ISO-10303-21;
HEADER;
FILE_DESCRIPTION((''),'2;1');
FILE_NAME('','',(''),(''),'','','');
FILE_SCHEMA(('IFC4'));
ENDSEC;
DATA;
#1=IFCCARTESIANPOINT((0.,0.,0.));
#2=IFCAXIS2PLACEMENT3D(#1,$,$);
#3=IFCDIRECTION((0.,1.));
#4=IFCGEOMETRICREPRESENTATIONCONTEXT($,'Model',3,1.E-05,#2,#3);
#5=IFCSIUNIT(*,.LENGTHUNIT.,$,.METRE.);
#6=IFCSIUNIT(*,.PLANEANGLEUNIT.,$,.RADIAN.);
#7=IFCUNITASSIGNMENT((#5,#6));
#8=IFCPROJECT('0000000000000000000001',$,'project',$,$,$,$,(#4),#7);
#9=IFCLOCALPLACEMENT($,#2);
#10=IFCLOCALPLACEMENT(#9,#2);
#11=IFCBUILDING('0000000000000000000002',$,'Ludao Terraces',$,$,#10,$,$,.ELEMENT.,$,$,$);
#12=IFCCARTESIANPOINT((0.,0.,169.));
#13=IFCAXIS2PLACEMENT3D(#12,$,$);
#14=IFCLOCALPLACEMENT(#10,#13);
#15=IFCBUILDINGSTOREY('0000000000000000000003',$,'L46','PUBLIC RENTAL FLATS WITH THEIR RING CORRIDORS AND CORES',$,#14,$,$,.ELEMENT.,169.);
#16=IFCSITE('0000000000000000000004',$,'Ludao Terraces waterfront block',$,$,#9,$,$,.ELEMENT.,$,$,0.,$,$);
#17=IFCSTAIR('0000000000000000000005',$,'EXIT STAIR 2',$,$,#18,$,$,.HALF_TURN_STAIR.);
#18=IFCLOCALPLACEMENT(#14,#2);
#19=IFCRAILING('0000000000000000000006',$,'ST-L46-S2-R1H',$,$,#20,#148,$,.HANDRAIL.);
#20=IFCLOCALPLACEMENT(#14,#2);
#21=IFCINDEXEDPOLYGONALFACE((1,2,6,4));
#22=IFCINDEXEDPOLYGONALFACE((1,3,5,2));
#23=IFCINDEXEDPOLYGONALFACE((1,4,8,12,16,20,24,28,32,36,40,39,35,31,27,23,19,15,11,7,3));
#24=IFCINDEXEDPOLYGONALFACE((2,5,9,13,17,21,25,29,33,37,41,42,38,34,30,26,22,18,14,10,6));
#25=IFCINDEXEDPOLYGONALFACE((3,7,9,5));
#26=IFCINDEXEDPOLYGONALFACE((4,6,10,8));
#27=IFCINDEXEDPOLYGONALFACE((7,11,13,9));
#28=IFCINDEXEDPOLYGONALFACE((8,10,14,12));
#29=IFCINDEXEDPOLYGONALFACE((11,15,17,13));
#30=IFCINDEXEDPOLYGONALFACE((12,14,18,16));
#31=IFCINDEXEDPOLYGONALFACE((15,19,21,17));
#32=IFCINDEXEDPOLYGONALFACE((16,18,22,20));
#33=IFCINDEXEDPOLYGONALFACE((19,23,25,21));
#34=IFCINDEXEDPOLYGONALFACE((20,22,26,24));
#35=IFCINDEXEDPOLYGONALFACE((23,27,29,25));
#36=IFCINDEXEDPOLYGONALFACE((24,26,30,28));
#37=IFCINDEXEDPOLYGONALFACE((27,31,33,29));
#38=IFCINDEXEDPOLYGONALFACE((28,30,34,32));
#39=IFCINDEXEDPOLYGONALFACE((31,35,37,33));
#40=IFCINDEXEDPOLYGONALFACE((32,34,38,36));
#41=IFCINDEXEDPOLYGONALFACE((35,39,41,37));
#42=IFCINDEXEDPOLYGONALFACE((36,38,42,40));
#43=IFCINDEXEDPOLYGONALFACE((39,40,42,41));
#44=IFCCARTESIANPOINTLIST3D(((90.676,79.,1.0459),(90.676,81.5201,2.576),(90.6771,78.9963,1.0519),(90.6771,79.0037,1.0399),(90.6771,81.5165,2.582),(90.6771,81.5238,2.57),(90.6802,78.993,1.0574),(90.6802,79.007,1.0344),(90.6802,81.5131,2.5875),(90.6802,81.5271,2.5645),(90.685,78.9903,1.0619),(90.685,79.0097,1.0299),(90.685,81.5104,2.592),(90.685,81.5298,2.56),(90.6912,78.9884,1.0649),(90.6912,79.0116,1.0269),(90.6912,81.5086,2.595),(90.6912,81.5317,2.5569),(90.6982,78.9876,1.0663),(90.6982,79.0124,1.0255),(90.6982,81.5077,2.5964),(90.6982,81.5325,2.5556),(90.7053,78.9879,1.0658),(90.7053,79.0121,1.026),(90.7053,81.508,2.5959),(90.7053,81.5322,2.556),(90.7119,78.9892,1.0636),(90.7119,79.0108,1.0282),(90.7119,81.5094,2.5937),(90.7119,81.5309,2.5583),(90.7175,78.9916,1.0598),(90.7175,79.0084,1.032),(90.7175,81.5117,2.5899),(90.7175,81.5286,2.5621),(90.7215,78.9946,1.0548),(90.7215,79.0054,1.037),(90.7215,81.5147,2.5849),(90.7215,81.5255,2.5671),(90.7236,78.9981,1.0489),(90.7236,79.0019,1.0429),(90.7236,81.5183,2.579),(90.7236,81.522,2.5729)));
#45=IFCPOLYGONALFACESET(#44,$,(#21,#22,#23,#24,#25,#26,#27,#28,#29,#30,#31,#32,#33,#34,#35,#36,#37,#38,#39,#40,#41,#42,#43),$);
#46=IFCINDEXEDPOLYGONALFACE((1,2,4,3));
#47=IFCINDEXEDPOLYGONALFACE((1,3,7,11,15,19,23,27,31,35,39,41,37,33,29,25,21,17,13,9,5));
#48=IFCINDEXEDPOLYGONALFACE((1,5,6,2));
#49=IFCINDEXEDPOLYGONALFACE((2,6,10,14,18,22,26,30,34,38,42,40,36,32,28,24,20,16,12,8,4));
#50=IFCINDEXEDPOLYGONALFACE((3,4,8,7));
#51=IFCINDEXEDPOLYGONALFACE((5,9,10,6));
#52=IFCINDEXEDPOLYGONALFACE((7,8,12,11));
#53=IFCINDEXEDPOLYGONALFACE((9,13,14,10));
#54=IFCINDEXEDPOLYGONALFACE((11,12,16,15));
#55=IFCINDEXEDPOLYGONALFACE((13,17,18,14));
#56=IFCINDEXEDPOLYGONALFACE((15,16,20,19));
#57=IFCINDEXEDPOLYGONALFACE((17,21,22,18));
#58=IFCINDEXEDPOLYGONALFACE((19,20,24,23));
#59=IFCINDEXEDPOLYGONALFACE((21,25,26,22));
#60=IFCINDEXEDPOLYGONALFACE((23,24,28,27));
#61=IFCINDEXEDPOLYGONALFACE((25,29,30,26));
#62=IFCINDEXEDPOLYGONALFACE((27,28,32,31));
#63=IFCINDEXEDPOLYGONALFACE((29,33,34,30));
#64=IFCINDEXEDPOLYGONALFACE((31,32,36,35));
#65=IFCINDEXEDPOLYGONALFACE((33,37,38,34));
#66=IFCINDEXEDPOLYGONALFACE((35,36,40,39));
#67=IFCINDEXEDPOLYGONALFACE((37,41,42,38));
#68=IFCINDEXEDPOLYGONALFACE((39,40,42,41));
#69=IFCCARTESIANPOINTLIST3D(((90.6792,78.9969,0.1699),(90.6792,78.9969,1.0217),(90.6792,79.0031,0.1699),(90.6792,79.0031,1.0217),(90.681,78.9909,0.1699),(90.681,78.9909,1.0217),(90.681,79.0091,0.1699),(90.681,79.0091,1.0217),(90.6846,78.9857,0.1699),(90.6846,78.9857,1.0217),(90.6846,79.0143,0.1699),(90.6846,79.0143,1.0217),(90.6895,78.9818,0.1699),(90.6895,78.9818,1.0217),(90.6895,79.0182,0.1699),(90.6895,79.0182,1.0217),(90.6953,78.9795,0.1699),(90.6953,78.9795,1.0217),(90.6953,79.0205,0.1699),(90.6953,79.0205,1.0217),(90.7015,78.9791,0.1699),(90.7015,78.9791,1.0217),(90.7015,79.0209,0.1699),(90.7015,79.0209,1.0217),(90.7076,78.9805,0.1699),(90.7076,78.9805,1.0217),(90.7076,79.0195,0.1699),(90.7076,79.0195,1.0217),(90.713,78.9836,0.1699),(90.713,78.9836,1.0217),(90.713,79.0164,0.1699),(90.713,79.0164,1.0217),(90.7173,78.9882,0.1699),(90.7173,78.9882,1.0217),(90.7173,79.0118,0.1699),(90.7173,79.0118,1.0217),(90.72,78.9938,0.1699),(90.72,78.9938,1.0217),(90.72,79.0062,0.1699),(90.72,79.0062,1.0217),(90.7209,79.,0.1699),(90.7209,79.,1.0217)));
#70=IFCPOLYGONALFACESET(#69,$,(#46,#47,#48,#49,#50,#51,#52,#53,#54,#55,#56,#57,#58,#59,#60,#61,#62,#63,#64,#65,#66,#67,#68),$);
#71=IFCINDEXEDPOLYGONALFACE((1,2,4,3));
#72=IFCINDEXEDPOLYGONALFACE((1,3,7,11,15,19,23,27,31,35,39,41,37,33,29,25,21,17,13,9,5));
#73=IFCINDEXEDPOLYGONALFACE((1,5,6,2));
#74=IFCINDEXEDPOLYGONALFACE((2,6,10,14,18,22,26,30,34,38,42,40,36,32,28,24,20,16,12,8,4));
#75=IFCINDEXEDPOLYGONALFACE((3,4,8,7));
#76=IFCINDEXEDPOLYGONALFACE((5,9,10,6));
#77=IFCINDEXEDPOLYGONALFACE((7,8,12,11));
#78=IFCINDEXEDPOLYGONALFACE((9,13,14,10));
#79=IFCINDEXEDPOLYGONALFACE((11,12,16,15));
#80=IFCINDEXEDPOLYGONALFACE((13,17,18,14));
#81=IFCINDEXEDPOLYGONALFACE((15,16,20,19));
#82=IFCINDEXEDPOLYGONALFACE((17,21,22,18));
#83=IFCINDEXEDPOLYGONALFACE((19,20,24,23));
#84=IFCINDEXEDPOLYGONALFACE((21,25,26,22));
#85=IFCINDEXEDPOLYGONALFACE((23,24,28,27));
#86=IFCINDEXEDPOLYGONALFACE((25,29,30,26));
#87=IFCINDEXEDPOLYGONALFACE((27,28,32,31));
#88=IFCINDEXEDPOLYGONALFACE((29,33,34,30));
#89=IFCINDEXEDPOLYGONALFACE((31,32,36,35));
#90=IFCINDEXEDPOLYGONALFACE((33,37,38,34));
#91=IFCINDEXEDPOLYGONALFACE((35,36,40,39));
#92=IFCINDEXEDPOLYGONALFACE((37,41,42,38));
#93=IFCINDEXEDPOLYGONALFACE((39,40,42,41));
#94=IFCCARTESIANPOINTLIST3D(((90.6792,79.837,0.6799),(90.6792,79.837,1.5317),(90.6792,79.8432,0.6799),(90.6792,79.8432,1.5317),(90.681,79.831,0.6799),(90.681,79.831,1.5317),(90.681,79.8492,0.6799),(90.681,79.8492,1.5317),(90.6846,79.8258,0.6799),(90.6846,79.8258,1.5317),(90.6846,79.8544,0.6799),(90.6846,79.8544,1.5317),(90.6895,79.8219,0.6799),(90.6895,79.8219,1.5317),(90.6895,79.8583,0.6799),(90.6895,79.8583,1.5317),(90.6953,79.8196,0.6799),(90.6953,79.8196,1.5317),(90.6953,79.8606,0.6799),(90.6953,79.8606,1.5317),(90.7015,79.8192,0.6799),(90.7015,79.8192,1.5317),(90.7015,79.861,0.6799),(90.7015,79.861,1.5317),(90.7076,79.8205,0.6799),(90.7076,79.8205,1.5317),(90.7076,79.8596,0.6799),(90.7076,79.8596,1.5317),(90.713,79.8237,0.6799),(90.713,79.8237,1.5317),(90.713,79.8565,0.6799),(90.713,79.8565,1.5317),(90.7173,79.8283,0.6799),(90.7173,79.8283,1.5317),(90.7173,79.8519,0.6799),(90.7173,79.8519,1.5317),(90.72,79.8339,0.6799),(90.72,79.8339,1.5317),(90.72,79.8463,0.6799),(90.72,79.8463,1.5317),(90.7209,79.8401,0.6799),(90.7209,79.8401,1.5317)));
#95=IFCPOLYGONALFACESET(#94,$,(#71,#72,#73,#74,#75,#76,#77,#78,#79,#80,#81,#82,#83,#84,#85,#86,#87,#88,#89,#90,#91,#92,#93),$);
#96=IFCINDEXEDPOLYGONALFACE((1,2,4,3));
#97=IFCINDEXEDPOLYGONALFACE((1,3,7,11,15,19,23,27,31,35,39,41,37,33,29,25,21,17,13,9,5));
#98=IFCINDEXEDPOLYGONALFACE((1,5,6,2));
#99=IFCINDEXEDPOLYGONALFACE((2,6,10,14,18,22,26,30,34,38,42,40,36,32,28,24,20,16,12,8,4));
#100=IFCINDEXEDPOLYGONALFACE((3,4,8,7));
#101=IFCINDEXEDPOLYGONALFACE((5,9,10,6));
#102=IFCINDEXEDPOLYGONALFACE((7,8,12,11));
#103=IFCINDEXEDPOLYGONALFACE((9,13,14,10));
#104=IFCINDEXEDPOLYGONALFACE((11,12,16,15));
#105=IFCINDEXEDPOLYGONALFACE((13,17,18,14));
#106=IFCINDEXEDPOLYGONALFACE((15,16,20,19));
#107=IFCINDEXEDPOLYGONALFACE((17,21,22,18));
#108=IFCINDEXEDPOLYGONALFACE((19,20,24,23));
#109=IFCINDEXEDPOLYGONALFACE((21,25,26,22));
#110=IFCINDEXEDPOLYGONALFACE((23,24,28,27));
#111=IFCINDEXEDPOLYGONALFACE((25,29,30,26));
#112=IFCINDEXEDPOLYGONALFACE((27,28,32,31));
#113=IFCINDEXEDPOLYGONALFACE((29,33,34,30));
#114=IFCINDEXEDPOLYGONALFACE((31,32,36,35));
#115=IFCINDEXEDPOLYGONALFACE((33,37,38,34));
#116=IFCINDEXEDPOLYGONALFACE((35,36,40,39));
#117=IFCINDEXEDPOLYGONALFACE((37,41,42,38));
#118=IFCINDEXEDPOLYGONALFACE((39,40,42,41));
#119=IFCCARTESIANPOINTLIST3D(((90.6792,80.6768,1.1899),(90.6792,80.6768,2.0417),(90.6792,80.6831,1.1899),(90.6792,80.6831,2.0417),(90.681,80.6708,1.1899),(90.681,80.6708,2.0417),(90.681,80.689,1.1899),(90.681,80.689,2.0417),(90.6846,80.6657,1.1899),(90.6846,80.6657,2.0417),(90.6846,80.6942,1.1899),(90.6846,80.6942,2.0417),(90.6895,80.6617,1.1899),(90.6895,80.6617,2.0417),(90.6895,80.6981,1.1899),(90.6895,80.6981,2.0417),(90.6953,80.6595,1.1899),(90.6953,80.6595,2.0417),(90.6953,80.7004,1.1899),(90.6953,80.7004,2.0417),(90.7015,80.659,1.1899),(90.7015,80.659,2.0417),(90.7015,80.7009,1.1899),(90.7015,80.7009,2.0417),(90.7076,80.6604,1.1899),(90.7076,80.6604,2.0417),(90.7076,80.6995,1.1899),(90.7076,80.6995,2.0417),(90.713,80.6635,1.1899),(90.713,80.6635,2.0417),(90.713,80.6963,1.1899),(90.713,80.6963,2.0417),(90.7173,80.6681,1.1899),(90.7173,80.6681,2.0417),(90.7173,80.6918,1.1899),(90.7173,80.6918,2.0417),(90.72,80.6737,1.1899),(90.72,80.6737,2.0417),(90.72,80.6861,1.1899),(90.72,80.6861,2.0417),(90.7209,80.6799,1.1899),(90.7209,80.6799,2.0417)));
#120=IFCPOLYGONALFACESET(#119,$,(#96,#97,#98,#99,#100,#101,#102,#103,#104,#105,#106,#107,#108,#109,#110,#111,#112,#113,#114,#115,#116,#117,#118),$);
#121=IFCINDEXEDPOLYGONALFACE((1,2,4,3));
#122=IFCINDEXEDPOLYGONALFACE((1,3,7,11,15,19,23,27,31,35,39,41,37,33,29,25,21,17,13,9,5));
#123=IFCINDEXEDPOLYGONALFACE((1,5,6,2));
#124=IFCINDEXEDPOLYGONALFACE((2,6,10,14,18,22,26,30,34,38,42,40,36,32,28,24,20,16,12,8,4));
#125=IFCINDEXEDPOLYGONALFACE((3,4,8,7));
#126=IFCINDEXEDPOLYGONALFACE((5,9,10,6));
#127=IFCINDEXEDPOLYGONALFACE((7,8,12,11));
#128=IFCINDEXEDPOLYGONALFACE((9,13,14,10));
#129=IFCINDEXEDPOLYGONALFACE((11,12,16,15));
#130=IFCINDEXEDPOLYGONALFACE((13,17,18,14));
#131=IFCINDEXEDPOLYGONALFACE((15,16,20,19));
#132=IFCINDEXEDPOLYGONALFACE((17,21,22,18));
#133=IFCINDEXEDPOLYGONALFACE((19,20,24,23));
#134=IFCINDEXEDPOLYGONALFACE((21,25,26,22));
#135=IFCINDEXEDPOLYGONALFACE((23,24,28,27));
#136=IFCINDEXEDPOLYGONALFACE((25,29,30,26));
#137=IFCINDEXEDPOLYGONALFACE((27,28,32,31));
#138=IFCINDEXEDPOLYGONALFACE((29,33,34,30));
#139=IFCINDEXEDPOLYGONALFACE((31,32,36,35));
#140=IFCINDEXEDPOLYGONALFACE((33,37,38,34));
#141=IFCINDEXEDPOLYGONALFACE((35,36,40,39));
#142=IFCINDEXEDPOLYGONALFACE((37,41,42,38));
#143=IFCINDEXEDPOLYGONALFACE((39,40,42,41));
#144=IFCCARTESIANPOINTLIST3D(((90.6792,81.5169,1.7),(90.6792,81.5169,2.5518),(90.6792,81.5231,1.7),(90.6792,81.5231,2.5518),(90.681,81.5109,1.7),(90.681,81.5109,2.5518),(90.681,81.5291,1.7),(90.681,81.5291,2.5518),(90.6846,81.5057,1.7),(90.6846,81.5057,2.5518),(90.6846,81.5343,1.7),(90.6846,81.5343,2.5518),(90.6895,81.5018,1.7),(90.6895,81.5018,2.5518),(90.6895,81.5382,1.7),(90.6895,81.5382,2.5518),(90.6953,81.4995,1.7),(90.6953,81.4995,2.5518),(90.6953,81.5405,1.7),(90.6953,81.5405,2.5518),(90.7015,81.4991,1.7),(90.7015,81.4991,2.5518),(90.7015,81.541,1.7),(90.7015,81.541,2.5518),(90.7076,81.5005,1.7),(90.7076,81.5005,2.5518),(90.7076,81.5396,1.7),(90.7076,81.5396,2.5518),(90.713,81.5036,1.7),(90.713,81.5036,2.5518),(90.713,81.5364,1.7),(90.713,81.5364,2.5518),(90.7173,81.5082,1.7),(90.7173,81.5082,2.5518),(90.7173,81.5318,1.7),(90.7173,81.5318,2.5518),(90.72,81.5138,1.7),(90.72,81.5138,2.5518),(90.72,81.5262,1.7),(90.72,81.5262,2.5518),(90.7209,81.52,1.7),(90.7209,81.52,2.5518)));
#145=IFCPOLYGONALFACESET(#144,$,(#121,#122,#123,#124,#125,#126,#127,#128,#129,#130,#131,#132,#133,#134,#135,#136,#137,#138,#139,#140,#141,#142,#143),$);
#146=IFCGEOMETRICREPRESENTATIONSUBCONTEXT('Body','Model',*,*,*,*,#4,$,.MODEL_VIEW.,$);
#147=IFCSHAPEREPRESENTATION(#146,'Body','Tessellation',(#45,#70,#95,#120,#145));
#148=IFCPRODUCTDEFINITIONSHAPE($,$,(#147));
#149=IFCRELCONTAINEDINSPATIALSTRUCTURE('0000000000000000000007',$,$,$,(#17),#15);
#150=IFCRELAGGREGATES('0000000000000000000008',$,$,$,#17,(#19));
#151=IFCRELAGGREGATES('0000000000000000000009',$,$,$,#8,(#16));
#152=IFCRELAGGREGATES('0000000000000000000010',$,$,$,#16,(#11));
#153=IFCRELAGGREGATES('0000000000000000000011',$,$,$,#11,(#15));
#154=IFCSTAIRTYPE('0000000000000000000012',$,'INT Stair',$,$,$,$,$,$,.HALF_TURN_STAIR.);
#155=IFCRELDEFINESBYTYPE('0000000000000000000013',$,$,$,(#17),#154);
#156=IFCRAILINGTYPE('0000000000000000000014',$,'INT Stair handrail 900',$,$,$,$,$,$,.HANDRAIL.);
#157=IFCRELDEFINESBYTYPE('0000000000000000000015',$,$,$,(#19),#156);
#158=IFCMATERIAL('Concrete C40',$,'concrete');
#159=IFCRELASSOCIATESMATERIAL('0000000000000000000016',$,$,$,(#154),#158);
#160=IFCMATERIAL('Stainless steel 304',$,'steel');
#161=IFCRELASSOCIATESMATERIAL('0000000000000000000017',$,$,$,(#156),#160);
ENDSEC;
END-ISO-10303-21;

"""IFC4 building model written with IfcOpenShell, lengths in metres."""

from ifc_helpers import new_model, si_unit, direction, frame, origin, origin_2d, place, context, subcontext, project, spatial, circle, extrude, material, type_object, element, aggregate, save


model = new_model("IFC4")

# Units and contexts
model_context = context("Model", 3, precision=1e-05, world=origin(), true_north=direction((0.0, 1.0)))
body_context = subcontext(model_context, "Body", "Model", "MODEL_VIEW")
ifc_project = project(units=[si_unit("LENGTHUNIT", "METRE"), si_unit("PLANEANGLEUNIT", "RADIAN")], contexts=[model_context])

# Site, building, storey
site_placement = place(None, origin())
site = spatial("IfcSite", under=ifc_project, at=site_placement, Name="Ludao Terraces waterfront block", CompositionType="ELEMENT", RefElevation=0.0)
building_placement = place(site_placement, origin())
building = spatial("IfcBuilding", under=site, at=building_placement, Name="Ludao Terraces", CompositionType="ELEMENT")
storey_placement = place(building_placement, frame((0.0, 0.0, 169.0)))
storey = spatial("IfcBuildingStorey", under=building, at=storey_placement, Name="L46", Description="PUBLIC RENTAL FLATS WITH THEIR RING CORRIDORS AND CORES", CompositionType="ELEMENT", Elevation=169.0)

# Shared definitions
ifc_material_1 = material(Name="Stainless steel 304", Category="steel")

# Stair, railing
ifc_material_2 = material(Name="Concrete C40", Category="concrete")
stair_type = type_object("IfcStairType", Name="INT Stair", PredefinedType="HALF_TURN_STAIR", material=ifc_material_2)
stair_placement = place(storey_placement, origin())
stair = element("IfcStair", 1, at=stair_placement, inside=storey, type_object=stair_type, Name="EXIT STAIR 2", PredefinedType="HALF_TURN_STAIR")
railing_type_1 = type_object("IfcRailingType", Name="INT Stair handrail 900", PredefinedType="HANDRAIL", material=ifc_material_1)
railing_1_placement = place(storey_placement, frame((90.7, 79.0, 0.1699)))
railing_1 = element("IfcRailing", 2, at=railing_1_placement, type_object=railing_type_1, Name="ST-L46-S2-R1H", PredefinedType="HANDRAIL", context=body_context, shape_type="SweptSolid", body=[
    extrude(circle(Radius=0.0239, at=origin_2d()), frame((0.0, 0.0, 0.876), z_axis=(0.0, 0.854785, 0.518982), x_axis=(-1.0, 0.0, 0.0)), (0.0, 0.0, 1.0), 2.9482),
    extrude(circle(Radius=0.021, at=origin_2d()), origin(), (0.0, 0.0, 1.0), 0.8518),
    extrude(circle(Radius=0.021, at=origin_2d()), frame((0.0, 0.8401, 0.51)), (0.0, 0.0, 1.0), 0.8518),
    extrude(circle(Radius=0.021, at=origin_2d()), frame((0.0, 1.6799, 1.02)), (0.0, 0.0, 1.0), 0.8518),
    extrude(circle(Radius=0.021, at=origin_2d()), frame((0.0, 2.52, 1.53)), (0.0, 0.0, 1.0), 0.8518),
])
aggregate(stair, [railing_1])

save(model, "model.ifc")
